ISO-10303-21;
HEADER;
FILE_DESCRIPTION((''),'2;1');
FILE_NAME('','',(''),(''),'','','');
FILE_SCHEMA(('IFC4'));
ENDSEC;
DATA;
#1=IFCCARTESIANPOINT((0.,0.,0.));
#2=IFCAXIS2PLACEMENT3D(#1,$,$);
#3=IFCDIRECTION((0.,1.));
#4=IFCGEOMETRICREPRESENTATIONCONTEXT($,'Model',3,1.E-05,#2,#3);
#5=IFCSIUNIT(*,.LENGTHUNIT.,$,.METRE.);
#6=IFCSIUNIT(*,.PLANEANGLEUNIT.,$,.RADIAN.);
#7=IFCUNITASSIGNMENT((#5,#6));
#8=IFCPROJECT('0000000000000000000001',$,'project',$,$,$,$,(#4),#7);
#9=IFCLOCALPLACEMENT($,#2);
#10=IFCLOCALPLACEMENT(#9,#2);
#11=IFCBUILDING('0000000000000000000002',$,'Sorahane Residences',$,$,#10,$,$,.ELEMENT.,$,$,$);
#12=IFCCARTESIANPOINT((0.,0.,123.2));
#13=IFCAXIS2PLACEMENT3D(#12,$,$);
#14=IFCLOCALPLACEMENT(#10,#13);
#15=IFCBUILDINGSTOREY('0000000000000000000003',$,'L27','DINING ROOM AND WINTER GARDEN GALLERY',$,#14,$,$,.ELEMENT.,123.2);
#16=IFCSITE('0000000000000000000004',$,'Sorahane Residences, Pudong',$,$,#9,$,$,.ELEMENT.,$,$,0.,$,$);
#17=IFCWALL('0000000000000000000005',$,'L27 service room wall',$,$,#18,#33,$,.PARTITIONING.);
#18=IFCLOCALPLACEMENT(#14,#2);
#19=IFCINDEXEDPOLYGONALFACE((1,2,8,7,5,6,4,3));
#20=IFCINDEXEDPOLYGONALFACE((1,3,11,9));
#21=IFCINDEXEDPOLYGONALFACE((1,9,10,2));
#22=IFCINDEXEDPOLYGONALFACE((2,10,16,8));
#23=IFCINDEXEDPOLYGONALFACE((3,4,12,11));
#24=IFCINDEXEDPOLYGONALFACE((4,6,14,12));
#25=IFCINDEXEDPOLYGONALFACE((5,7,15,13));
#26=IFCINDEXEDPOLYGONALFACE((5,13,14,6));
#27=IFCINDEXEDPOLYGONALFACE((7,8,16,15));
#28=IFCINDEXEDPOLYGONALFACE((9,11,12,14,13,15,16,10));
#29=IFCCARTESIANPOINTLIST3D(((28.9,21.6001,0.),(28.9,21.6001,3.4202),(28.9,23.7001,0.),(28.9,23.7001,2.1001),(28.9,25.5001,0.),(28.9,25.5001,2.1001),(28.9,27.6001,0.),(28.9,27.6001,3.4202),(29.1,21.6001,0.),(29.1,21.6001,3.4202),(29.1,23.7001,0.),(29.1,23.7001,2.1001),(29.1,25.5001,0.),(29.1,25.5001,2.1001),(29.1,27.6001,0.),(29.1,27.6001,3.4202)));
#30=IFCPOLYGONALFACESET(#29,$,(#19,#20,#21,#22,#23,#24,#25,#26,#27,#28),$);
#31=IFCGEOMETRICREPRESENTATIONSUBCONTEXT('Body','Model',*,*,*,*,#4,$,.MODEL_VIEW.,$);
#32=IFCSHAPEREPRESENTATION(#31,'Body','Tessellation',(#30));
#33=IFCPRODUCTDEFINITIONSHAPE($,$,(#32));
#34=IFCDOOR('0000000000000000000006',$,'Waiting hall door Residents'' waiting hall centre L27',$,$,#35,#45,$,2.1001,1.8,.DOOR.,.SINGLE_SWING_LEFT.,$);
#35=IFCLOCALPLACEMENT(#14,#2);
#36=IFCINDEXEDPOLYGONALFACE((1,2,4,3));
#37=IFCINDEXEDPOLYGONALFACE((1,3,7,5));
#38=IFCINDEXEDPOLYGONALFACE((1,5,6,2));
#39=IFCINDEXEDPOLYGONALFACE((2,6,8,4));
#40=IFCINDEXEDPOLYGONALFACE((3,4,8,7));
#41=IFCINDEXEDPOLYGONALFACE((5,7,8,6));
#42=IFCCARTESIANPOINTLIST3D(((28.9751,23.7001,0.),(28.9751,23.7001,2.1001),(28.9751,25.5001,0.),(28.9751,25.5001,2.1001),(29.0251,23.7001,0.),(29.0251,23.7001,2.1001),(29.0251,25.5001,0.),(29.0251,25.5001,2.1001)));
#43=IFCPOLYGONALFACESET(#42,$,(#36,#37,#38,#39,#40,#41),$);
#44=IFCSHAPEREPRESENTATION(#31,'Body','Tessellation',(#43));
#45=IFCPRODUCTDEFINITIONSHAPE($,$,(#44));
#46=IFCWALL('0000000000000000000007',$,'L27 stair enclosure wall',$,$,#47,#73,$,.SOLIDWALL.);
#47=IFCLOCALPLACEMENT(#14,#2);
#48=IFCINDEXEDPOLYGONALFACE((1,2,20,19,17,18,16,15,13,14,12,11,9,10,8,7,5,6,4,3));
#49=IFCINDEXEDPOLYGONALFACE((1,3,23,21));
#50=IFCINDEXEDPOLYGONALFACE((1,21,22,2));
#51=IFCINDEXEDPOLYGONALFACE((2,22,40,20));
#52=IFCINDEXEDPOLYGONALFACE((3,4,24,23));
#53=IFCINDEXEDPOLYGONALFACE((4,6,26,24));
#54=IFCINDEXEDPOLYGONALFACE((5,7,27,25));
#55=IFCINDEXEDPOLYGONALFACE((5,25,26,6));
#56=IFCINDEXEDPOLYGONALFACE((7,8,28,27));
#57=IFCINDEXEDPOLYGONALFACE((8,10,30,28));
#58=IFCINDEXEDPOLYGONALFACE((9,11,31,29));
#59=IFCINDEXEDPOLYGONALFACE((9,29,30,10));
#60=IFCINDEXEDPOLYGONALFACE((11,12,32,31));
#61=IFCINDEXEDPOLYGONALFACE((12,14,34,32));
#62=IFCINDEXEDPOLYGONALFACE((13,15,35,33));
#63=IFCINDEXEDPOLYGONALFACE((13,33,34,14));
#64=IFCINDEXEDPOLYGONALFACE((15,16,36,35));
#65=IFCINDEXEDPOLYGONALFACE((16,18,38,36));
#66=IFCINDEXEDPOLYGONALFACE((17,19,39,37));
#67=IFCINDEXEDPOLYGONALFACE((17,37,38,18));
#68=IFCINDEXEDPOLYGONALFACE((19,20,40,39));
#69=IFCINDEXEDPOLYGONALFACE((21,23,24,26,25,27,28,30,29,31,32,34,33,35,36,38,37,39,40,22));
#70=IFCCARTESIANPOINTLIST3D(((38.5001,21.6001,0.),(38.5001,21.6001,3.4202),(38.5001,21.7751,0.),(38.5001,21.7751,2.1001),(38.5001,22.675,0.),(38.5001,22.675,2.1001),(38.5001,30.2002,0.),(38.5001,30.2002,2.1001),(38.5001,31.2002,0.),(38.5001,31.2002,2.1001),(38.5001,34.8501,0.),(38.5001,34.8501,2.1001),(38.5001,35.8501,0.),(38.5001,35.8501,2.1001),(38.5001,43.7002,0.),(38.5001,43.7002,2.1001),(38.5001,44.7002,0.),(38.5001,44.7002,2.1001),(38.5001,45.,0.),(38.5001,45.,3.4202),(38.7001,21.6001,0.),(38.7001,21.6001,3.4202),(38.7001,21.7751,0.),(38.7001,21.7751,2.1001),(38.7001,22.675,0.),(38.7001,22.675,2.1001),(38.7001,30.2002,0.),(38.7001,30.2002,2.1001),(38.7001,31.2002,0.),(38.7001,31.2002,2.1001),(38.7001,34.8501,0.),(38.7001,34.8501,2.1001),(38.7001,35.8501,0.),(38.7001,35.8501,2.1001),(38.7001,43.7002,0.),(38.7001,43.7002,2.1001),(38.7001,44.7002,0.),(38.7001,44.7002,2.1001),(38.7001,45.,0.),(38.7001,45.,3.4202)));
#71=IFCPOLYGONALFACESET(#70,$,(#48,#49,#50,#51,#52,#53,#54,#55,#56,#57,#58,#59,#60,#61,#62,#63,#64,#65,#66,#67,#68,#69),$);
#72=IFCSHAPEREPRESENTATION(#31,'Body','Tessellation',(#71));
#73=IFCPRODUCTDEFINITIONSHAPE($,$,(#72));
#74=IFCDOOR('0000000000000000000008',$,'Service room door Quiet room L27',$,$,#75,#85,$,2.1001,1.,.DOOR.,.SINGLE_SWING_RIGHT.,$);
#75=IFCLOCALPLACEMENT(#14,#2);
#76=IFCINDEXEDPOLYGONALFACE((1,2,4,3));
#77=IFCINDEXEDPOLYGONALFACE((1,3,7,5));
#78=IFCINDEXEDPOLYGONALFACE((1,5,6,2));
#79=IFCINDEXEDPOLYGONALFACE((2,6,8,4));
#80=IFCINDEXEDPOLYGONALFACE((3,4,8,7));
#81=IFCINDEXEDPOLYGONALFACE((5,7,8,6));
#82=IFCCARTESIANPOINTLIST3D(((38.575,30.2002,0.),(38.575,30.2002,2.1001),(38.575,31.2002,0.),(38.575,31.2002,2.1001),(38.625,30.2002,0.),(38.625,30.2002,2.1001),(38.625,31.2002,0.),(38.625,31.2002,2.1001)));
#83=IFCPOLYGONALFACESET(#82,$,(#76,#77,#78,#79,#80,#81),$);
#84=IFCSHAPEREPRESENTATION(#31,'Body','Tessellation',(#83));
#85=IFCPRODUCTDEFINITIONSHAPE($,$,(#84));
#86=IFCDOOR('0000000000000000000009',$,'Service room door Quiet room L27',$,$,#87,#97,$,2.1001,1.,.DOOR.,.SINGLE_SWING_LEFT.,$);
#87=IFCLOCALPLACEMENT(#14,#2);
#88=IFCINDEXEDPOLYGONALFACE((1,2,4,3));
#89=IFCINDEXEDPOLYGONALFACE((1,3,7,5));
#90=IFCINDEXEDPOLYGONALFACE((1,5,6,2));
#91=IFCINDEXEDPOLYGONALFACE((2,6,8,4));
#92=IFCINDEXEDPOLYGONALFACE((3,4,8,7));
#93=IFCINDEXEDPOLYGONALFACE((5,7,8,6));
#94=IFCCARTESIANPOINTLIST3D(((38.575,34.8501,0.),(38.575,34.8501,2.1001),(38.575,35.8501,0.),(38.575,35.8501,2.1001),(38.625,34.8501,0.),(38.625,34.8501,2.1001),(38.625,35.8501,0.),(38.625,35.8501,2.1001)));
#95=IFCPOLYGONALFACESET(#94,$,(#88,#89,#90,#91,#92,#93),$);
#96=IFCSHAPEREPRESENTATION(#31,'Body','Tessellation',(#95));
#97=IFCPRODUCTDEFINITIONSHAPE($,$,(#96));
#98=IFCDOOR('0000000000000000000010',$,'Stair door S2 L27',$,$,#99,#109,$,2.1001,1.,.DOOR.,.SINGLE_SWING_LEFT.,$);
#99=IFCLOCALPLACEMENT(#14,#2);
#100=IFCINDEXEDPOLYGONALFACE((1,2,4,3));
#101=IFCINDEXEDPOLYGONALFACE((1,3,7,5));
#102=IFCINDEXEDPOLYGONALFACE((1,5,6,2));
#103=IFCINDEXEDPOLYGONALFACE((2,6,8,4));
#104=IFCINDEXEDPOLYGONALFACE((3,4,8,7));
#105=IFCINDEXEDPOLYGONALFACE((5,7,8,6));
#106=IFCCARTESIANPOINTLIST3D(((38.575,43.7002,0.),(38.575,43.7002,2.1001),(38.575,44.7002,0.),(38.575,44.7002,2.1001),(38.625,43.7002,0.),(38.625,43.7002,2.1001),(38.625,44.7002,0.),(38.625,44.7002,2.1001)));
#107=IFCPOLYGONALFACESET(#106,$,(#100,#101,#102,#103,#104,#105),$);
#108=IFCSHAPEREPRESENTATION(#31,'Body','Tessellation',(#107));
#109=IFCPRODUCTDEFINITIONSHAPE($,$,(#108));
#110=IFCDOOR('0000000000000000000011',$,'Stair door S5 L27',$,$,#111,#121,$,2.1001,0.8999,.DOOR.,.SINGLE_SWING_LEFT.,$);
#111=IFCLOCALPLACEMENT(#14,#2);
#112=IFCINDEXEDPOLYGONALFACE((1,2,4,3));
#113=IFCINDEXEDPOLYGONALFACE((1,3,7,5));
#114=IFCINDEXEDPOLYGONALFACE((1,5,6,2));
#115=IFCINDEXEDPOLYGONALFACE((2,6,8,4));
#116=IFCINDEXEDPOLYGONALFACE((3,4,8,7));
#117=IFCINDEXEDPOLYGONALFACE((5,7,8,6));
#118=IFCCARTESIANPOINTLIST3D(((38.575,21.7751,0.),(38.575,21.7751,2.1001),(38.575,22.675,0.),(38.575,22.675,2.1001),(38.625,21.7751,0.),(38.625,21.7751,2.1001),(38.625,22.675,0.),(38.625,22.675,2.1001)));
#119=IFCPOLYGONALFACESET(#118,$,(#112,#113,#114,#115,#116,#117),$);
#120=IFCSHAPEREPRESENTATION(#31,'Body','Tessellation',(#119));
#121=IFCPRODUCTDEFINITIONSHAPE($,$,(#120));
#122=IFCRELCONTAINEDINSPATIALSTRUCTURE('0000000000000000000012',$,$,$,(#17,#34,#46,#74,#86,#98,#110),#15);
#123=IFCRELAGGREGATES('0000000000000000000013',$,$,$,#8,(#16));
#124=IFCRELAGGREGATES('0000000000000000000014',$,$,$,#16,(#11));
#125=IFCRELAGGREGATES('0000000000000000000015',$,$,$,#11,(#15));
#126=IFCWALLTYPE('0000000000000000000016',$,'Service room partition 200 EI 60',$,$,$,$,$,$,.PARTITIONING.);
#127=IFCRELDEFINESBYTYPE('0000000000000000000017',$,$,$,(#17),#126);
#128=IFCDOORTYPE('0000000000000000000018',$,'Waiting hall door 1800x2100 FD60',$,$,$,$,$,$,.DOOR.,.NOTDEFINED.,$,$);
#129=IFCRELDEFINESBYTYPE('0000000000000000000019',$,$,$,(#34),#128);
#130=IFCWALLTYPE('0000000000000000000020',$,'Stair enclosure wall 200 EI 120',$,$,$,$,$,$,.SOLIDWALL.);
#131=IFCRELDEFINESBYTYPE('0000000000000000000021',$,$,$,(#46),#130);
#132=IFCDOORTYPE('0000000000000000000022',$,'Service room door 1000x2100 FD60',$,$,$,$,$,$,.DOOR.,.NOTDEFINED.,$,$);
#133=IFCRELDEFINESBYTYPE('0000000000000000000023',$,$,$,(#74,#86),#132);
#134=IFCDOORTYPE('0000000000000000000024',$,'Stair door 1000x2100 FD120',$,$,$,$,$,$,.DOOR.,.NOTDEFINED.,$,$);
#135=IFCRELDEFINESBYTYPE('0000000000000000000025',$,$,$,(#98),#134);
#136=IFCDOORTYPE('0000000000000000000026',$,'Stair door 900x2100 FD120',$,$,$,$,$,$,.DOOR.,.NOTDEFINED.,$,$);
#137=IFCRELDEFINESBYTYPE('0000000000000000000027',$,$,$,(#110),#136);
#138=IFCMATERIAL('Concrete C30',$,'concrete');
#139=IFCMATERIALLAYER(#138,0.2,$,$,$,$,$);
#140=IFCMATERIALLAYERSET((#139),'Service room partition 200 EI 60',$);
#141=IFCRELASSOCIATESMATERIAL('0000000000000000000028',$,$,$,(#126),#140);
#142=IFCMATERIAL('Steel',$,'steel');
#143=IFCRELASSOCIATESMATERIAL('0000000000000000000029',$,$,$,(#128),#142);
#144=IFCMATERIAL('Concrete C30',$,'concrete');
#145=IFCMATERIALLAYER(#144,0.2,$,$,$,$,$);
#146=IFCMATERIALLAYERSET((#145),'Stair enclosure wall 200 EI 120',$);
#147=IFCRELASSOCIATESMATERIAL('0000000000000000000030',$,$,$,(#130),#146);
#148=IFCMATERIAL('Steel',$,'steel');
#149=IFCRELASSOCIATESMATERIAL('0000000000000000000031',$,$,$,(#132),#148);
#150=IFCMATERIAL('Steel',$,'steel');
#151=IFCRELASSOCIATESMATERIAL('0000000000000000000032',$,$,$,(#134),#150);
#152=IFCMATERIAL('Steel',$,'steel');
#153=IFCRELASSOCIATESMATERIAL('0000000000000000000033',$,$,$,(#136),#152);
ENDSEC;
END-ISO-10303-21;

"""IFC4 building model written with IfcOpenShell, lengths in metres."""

from ifc_helpers import new_model, si_unit, direction, frame, frame_2d, origin, place, context, subcontext, project, spatial, rectangle, extrude, material, layer, layer_set, type_object, element, fill, save


model = new_model("IFC4")

# Units and contexts
model_context = context("Model", 3, precision=1e-05, world=origin(), true_north=direction((0.0, 1.0)))
body_context = subcontext(model_context, "Body", "Model", "MODEL_VIEW")
ifc_project = project(units=[si_unit("LENGTHUNIT", "METRE"), si_unit("PLANEANGLEUNIT", "RADIAN")], contexts=[model_context])

# Site, building, storey
site_placement = place(None, origin())
site = spatial("IfcSite", under=ifc_project, at=site_placement, Name="Sorahane Residences, Pudong", CompositionType="ELEMENT", RefElevation=0.0)
building_placement = place(site_placement, origin())
building = spatial("IfcBuilding", under=site, at=building_placement, Name="Sorahane Residences", CompositionType="ELEMENT")
storey_placement = place(building_placement, frame((0.0, 0.0, 123.2)))
storey = spatial("IfcBuildingStorey", under=building, at=storey_placement, Name="L27", Description="DINING ROOM AND WINTER GARDEN GALLERY", CompositionType="ELEMENT", Elevation=123.2)

# Wall, opening, door
ifc_material_1 = material(Name="Concrete C30", Category="concrete")
ifc_layer_1 = layer(ifc_material_1, 0.2)
ifc_layer_set_1 = layer_set([ifc_layer_1], Name="Service room partition 200 EI 60")
wall_type_1 = type_object("IfcWallType", Name="Service room partition 200 EI 60", PredefinedType="PARTITIONING", material=ifc_layer_set_1)
wall_1_placement = place(storey_placement, frame((29.0, 21.6001, 0.0), z_axis=(0.0, 0.0, 1.0), x_axis=(0.0, 1.0, 0.0)))
wall_1 = element("IfcWall", 1, at=wall_1_placement, inside=storey, type_object=wall_type_1, Name="L27 service room wall", PredefinedType="PARTITIONING", context=body_context, shape_type="SweptSolid", body=[
    extrude(rectangle(XDim=6.0, YDim=0.2, at=frame_2d((3.0, 0.0))), origin(), (0.0, 0.0, 1.0), 3.4202),
])
opening_1_placement = place(wall_1_placement, frame((2.1001, 0.0, 0.0)))
opening_1 = element("IfcOpeningElement", 2, at=opening_1_placement, cuts=wall_1, PredefinedType="OPENING", context=body_context, shape_type="SweptSolid", body=[
    extrude(rectangle(XDim=1.8, YDim=2.1001, at=frame_2d((0.8999, 1.05))), frame((0.0, 0.1099, 0.0), z_axis=(0.0, -1.0, 0.0), x_axis=(1.0, 0.0, 0.0)), (0.0, 0.0, 1.0), 0.22),
])
ifc_material_2 = material(Name="Steel", Category="steel")
door_type_1 = type_object("IfcDoorType", Name="Waiting hall door 1800x2100 FD60", OperationType="NOTDEFINED", PredefinedType="DOOR", material=ifc_material_2)
door_1_placement = place(opening_1_placement, origin())
door_1 = element("IfcDoor", 3, at=door_1_placement, inside=storey, type_object=door_type_1, Name="Waiting hall door Residents' waiting hall centre L27", OperationType="SINGLE_SWING_LEFT", OverallHeight=2.1001, OverallWidth=1.8, PredefinedType="DOOR", context=body_context, shape_type="SweptSolid", body=[
    extrude(rectangle(XDim=1.8, YDim=2.1001, at=frame_2d((0.8999, 1.05))), frame((0.0, 0.0249, 0.0), z_axis=(0.0, -1.0, 0.0), x_axis=(1.0, 0.0, 0.0)), (0.0, 0.0, 1.0), 0.05),
])
fill(opening_1, door_1)

# Wall, openings, doors
ifc_material_3 = material(Name="Concrete C30", Category="concrete")
ifc_layer_2 = layer(ifc_material_3, 0.2)
ifc_layer_set_2 = layer_set([ifc_layer_2], Name="Stair enclosure wall 200 EI 120")
wall_type_2 = type_object("IfcWallType", Name="Stair enclosure wall 200 EI 120", PredefinedType="SOLIDWALL", material=ifc_layer_set_2)
wall_2_placement = place(storey_placement, frame((38.6001, 21.6001, 0.0), z_axis=(0.0, 0.0, 1.0), x_axis=(0.0, 1.0, 0.0)))
wall_2 = element("IfcWall", 4, at=wall_2_placement, inside=storey, type_object=wall_type_2, Name="L27 stair enclosure wall", PredefinedType="SOLIDWALL", context=body_context, shape_type="SweptSolid", body=[
    extrude(rectangle(XDim=23.3999, YDim=0.2, at=frame_2d((11.7, 0.0))), origin(), (0.0, 0.0, 1.0), 3.4202),
])
opening_2_placement = place(wall_2_placement, frame((8.6001, 0.0, 0.0)))
opening_2 = element("IfcOpeningElement", 5, at=opening_2_placement, cuts=wall_2, PredefinedType="OPENING", context=body_context, shape_type="SweptSolid", body=[
    extrude(rectangle(XDim=1.0, YDim=2.1001, at=frame_2d((0.5, 1.05))), frame((0.0, 0.1099, 0.0), z_axis=(0.0, -1.0, 0.0), x_axis=(1.0, 0.0, 0.0)), (0.0, 0.0, 1.0), 0.22),
])
opening_3_placement = place(wall_2_placement, frame((13.25, 0.0, 0.0)))
opening_3 = element("IfcOpeningElement", 6, at=opening_3_placement, cuts=wall_2, PredefinedType="OPENING", context=body_context, shape_type="SweptSolid", body=[
    extrude(rectangle(XDim=1.0, YDim=2.1001, at=frame_2d((0.5, 1.05))), frame((0.0, 0.1099, 0.0), z_axis=(0.0, -1.0, 0.0), x_axis=(1.0, 0.0, 0.0)), (0.0, 0.0, 1.0), 0.22),
])
opening_4_placement = place(wall_2_placement, frame((22.1001, 0.0, 0.0)))
opening_4 = element("IfcOpeningElement", 7, at=opening_4_placement, cuts=wall_2, PredefinedType="OPENING", context=body_context, shape_type="SweptSolid", body=[
    extrude(rectangle(XDim=1.0, YDim=2.1001, at=frame_2d((0.5, 1.05))), frame((0.0, 0.1099, 0.0), z_axis=(0.0, -1.0, 0.0), x_axis=(1.0, 0.0, 0.0)), (0.0, 0.0, 1.0), 0.22),
])
opening_5_placement = place(wall_2_placement, frame((0.175, 0.0, 0.0)))
opening_5 = element("IfcOpeningElement", 8, at=opening_5_placement, cuts=wall_2, PredefinedType="OPENING", context=body_context, shape_type="SweptSolid", body=[
    extrude(rectangle(XDim=0.8999, YDim=2.1001, at=frame_2d((0.45, 1.05))), frame((0.0, 0.1099, 0.0), z_axis=(0.0, -1.0, 0.0), x_axis=(1.0, 0.0, 0.0)), (0.0, 0.0, 1.0), 0.22),
])
ifc_material_4 = material(Name="Steel", Category="steel")
door_type_2 = type_object("IfcDoorType", Name="Service room door 1000x2100 FD60", OperationType="NOTDEFINED", PredefinedType="DOOR", material=ifc_material_4)
door_2_placement = place(opening_2_placement, frame((1.0, 0.0, 0.0), z_axis=(0.0, 0.0, 1.0), x_axis=(-1.0, 0.0, 0.0)))
door_2 = element("IfcDoor", 9, at=door_2_placement, inside=storey, type_object=door_type_2, Name="Service room door Quiet room L27", OperationType="SINGLE_SWING_RIGHT", OverallHeight=2.1001, OverallWidth=1.0, PredefinedType="DOOR", context=body_context, shape_type="SweptSolid", body=[
    extrude(rectangle(XDim=1.0, YDim=2.1001, at=frame_2d((0.5, 1.05))), frame((0.0, 0.0249, 0.0), z_axis=(0.0, -1.0, 0.0), x_axis=(1.0, 0.0, 0.0)), (0.0, 0.0, 1.0), 0.05),
])
fill(opening_2, door_2)
door_3_placement = place(opening_3_placement, frame((1.0, 0.0, 0.0), z_axis=(0.0, 0.0, 1.0), x_axis=(-1.0, 0.0, 0.0)))
door_3 = element("IfcDoor", 10, at=door_3_placement, inside=storey, type_object=door_type_2, Name="Service room door Quiet room L27", OperationType="SINGLE_SWING_LEFT", OverallHeight=2.1001, OverallWidth=1.0, PredefinedType="DOOR", context=body_context, shape_type="SweptSolid", body=[
    extrude(rectangle(XDim=1.0, YDim=2.1001, at=frame_2d((0.5, 1.05))), frame((0.0, 0.0249, 0.0), z_axis=(0.0, -1.0, 0.0), x_axis=(1.0, 0.0, 0.0)), (0.0, 0.0, 1.0), 0.05),
])
fill(opening_3, door_3)
ifc_material_5 = material(Name="Steel", Category="steel")
door_type_3 = type_object("IfcDoorType", Name="Stair door 1000x2100 FD120", OperationType="NOTDEFINED", PredefinedType="DOOR", material=ifc_material_5)
door_4_placement = place(opening_4_placement, frame((1.0, 0.0, 0.0), z_axis=(0.0, 0.0, 1.0), x_axis=(-1.0, 0.0, 0.0)))
door_4 = element("IfcDoor", 11, at=door_4_placement, inside=storey, type_object=door_type_3, Name="Stair door S2 L27", OperationType="SINGLE_SWING_LEFT", OverallHeight=2.1001, OverallWidth=1.0, PredefinedType="DOOR", context=body_context, shape_type="SweptSolid", body=[
    extrude(rectangle(XDim=1.0, YDim=2.1001, at=frame_2d((0.5, 1.05))), frame((0.0, 0.0249, 0.0), z_axis=(0.0, -1.0, 0.0), x_axis=(1.0, 0.0, 0.0)), (0.0, 0.0, 1.0), 0.05),
])
fill(opening_4, door_4)
ifc_material_6 = material(Name="Steel", Category="steel")
door_type_4 = type_object("IfcDoorType", Name="Stair door 900x2100 FD120", OperationType="NOTDEFINED", PredefinedType="DOOR", material=ifc_material_6)
door_5_placement = place(opening_5_placement, frame((0.8999, 0.0, 0.0), z_axis=(0.0, 0.0, 1.0), x_axis=(-1.0, 0.0, 0.0)))
door_5 = element("IfcDoor", 12, at=door_5_placement, inside=storey, type_object=door_type_4, Name="Stair door S5 L27", OperationType="SINGLE_SWING_LEFT", OverallHeight=2.1001, OverallWidth=0.8999, PredefinedType="DOOR", context=body_context, shape_type="SweptSolid", body=[
    extrude(rectangle(XDim=0.8999, YDim=2.1001, at=frame_2d((0.45, 1.05))), frame((0.0, 0.0249, 0.0), z_axis=(0.0, -1.0, 0.0), x_axis=(1.0, 0.0, 0.0)), (0.0, 0.0, 1.0), 0.05),
])
fill(opening_5, door_5)

save(model, "model.ifc")
